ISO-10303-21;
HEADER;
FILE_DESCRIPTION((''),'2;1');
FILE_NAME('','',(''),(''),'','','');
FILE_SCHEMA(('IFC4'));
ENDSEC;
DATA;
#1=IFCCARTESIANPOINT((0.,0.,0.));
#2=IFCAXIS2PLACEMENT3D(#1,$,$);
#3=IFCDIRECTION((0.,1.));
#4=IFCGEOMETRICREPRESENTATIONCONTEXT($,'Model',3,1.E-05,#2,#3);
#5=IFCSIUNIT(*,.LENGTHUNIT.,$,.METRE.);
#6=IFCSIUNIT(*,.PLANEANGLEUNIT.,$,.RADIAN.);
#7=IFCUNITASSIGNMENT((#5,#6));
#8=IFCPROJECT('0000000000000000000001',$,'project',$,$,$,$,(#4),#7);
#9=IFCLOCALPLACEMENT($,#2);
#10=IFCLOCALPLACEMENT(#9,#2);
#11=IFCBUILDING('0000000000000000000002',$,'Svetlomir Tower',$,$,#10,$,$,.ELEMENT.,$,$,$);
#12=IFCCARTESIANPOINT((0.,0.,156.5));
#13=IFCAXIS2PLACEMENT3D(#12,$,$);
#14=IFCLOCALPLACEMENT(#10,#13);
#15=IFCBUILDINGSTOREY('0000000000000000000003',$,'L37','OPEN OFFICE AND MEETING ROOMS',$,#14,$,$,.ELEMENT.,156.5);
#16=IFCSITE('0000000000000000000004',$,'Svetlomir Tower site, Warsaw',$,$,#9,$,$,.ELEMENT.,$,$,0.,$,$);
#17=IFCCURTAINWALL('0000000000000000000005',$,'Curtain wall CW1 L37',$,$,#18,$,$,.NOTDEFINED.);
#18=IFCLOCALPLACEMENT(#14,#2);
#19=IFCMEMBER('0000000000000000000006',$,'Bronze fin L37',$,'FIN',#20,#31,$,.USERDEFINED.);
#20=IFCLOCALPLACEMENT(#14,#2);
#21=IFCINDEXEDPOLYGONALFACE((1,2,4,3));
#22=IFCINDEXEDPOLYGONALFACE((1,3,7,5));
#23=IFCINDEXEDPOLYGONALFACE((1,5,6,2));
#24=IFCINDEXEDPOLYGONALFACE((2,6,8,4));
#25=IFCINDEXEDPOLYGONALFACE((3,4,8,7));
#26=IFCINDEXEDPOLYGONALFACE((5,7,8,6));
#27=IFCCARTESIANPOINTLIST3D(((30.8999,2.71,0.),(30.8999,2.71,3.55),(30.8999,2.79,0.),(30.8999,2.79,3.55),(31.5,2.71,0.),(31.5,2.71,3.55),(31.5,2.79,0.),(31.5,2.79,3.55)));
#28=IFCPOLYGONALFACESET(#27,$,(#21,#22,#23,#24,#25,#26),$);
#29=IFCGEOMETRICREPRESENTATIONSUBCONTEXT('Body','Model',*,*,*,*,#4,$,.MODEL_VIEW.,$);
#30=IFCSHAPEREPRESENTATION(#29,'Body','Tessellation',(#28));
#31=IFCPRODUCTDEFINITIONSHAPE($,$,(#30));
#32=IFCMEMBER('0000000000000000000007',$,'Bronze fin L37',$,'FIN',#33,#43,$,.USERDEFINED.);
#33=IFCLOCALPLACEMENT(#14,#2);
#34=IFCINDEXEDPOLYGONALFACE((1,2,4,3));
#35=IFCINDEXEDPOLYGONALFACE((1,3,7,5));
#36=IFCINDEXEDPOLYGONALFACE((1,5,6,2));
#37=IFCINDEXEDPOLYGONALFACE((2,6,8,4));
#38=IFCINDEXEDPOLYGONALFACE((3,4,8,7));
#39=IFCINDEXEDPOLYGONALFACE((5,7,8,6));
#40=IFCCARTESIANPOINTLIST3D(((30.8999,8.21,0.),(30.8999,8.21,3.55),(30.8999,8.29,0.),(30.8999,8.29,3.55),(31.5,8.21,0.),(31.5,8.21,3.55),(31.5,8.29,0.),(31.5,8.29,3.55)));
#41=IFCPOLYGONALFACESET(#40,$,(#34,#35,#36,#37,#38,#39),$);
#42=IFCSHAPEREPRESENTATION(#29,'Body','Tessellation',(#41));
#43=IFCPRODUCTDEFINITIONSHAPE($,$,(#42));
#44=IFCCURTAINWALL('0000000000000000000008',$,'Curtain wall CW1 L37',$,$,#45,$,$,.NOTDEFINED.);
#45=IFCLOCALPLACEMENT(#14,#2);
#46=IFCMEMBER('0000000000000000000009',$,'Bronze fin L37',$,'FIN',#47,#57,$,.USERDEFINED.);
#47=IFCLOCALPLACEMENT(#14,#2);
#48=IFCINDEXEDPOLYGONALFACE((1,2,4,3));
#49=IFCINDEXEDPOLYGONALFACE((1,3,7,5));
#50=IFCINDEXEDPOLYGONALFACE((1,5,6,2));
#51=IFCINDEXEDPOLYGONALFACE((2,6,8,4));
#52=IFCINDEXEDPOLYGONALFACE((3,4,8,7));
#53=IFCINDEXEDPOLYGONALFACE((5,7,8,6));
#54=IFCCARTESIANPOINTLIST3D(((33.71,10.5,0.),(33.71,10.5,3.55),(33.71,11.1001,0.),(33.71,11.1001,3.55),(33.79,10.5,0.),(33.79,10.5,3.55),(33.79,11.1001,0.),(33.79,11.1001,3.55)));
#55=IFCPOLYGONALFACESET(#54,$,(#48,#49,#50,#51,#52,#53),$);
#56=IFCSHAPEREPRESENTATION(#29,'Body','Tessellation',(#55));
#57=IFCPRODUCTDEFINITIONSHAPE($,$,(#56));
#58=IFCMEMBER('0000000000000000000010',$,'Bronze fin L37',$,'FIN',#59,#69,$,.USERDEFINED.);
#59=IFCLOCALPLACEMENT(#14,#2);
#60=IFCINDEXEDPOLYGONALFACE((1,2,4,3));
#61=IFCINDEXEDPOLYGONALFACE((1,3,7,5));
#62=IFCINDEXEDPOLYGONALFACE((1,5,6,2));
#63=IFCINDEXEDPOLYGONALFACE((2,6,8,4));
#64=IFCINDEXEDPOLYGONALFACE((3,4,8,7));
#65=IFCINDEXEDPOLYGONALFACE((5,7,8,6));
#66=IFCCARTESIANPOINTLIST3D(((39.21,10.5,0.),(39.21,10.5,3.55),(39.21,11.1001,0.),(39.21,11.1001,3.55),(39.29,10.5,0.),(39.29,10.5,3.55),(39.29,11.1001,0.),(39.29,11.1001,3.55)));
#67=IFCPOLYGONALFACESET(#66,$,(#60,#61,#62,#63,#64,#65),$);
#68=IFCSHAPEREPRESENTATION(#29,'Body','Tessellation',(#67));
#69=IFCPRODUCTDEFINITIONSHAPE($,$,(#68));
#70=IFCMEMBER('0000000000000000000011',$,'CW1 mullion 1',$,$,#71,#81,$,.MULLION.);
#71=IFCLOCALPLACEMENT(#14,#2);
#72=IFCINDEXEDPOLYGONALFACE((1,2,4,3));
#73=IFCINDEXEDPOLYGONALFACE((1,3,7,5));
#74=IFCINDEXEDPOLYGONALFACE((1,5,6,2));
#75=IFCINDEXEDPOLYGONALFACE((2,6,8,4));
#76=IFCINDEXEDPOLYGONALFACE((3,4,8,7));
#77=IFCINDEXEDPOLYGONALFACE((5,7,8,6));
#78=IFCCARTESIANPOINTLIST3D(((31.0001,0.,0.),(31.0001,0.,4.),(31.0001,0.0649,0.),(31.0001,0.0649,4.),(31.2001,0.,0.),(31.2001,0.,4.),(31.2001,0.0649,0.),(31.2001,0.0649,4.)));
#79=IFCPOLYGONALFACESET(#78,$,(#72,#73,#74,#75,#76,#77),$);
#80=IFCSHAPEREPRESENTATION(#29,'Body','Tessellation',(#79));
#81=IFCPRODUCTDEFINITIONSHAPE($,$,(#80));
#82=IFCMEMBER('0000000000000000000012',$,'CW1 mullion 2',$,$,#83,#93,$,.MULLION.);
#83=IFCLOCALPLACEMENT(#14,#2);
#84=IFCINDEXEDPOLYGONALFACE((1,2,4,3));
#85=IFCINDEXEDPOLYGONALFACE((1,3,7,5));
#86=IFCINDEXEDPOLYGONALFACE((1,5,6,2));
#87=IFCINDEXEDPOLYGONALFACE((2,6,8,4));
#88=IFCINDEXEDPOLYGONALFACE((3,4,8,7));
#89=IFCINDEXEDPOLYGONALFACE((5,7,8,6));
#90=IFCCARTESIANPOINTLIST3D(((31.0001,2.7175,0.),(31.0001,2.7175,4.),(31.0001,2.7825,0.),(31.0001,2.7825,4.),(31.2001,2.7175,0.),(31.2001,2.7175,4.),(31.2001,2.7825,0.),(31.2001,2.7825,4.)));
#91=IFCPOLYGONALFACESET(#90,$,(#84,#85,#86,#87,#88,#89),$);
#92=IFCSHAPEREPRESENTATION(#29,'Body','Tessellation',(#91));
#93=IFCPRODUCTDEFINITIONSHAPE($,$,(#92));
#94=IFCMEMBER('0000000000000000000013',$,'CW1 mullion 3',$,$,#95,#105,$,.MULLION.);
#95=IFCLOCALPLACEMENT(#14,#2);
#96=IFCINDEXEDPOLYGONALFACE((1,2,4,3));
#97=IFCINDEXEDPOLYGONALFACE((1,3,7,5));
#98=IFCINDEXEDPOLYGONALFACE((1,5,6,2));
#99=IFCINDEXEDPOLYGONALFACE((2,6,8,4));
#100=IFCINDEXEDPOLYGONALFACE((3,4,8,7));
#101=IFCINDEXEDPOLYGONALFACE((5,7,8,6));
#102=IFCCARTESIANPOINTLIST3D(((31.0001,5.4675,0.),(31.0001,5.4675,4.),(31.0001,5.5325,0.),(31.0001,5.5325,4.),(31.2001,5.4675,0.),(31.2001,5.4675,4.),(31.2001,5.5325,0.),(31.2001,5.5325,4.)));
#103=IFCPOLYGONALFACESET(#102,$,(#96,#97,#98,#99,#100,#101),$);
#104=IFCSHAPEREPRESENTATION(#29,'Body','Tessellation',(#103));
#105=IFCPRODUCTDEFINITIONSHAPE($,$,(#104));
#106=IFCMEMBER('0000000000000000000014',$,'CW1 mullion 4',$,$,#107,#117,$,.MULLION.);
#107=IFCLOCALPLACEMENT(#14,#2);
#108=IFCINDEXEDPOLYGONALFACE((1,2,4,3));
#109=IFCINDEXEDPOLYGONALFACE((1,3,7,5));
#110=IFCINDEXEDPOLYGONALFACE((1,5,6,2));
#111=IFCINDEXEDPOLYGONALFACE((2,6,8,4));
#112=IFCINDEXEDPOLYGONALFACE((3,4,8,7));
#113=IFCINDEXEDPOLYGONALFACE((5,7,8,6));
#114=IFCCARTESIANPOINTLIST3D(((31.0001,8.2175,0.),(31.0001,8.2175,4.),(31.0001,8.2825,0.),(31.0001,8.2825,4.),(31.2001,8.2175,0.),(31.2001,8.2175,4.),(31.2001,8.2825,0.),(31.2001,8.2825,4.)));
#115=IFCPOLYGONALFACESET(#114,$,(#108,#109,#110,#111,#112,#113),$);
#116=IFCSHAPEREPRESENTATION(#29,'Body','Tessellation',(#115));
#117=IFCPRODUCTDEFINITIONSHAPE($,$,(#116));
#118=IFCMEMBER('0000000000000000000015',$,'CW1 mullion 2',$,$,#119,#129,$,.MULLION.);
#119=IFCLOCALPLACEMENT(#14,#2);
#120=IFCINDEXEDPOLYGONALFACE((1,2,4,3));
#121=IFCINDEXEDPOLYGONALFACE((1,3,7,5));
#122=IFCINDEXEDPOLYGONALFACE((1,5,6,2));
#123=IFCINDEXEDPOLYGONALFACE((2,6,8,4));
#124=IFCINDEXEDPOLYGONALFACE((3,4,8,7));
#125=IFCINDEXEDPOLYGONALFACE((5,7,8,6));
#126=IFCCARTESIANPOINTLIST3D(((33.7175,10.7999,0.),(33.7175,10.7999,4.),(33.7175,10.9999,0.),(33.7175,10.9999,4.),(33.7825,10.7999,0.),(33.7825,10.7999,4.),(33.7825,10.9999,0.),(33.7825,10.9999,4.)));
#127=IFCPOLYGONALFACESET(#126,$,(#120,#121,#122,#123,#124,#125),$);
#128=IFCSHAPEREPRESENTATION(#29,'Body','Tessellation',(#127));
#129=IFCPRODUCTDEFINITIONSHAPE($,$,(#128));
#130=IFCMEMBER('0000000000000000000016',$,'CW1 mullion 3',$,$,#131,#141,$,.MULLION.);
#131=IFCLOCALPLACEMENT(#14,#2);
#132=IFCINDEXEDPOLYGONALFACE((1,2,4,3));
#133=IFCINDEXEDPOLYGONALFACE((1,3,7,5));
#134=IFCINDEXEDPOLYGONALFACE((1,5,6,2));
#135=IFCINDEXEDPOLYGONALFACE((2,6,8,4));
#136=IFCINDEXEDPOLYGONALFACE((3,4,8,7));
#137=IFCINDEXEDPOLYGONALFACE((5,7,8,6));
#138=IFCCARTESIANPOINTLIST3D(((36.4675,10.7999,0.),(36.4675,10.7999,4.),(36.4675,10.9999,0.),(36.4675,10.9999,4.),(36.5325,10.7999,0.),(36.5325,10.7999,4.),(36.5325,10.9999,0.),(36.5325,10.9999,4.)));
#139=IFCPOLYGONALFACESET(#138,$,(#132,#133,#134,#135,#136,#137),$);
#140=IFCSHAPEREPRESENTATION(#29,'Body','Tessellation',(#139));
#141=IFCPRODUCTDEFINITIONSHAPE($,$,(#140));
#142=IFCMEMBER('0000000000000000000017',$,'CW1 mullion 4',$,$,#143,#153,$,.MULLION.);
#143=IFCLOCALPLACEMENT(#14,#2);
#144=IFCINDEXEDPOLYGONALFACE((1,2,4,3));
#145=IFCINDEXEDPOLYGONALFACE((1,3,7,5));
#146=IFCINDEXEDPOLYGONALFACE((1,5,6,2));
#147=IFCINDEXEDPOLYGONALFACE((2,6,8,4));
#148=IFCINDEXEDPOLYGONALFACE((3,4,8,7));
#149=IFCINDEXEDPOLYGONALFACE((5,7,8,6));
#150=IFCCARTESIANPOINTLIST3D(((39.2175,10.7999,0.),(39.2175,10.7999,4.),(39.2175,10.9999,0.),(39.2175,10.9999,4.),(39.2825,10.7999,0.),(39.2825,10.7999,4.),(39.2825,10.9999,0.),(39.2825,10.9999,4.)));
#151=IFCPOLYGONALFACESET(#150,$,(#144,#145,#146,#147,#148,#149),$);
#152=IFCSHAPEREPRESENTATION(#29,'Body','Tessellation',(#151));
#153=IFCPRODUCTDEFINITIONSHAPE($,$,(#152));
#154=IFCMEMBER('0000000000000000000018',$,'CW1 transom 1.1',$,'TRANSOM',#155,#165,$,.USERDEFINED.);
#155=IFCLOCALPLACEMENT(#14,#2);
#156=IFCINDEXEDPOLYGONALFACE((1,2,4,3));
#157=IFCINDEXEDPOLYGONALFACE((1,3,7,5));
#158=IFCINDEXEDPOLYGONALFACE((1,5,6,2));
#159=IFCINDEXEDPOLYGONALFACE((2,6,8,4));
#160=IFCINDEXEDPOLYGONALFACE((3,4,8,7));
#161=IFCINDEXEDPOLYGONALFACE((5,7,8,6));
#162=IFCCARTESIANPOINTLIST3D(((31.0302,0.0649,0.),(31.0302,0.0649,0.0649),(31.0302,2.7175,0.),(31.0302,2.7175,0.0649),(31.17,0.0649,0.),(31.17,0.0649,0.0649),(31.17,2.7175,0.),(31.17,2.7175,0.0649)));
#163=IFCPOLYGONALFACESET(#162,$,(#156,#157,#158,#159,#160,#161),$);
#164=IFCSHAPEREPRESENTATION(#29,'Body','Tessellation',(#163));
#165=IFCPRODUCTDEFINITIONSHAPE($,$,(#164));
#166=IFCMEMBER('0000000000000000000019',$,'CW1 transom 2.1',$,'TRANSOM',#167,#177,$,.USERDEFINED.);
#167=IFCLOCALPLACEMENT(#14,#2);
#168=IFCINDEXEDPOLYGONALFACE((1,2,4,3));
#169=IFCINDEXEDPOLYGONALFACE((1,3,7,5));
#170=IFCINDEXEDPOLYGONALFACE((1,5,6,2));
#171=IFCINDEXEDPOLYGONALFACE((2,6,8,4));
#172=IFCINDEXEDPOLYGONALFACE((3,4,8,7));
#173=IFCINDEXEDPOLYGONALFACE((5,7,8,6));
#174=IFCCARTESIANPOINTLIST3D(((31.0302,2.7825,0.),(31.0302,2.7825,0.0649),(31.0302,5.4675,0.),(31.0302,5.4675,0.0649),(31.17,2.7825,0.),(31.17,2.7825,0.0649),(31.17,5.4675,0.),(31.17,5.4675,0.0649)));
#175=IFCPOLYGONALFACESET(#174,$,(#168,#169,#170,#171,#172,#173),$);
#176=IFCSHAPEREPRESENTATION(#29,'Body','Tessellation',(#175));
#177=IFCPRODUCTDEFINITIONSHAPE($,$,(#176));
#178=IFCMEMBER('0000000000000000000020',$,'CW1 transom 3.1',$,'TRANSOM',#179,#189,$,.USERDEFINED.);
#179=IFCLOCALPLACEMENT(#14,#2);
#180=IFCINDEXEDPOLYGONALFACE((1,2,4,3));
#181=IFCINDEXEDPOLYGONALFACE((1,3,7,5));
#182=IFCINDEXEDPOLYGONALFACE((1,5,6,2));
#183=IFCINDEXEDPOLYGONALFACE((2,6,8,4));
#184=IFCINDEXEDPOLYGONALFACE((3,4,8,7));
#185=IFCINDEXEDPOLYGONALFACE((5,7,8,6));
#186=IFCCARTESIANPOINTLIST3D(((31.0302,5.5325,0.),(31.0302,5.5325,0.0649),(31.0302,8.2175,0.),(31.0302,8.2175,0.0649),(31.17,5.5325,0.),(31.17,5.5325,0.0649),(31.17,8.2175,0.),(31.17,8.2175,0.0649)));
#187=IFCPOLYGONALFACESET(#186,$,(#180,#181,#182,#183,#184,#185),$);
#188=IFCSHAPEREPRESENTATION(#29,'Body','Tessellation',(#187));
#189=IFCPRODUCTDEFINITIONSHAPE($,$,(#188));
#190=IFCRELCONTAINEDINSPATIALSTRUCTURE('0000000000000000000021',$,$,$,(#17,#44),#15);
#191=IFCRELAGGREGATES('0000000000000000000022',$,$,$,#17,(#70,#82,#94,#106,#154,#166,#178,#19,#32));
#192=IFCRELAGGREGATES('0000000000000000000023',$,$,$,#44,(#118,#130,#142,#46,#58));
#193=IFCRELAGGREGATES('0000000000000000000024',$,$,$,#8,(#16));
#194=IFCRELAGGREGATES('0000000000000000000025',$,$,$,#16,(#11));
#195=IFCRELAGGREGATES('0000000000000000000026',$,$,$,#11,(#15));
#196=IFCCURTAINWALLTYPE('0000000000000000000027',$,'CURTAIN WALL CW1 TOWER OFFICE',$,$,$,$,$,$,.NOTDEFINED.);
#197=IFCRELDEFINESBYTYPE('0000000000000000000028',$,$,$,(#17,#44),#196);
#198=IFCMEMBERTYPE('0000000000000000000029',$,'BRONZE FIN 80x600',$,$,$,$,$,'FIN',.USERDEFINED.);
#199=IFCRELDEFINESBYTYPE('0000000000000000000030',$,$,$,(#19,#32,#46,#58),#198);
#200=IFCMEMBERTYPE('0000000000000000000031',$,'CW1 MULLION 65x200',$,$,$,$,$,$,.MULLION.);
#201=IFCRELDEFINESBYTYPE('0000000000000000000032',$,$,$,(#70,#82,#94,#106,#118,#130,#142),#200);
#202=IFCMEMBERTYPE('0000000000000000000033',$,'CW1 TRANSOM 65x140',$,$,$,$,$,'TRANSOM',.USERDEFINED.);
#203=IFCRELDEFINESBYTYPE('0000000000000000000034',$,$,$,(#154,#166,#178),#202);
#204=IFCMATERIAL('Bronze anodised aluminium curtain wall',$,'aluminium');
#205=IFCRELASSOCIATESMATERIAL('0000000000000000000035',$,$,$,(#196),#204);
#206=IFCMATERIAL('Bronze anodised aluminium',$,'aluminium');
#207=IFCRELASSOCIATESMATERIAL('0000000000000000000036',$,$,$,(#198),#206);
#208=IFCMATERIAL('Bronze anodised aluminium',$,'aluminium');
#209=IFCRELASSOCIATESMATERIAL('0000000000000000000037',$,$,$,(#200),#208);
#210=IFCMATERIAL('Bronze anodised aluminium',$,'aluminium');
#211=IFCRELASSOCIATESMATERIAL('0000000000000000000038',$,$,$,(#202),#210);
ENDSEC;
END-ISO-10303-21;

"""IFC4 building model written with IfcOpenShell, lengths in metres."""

from ifc_helpers import new_model, si_unit, direction, frame, origin, origin_2d, place, context, subcontext, project, spatial, rectangle, extrude, material, material_profile, profile_set, type_object, element, aggregate, save


model = new_model("IFC4")

# Units and contexts
model_context = context("Model", 3, precision=1e-05, world=origin(), true_north=direction((0.0, 1.0)))
body_context = subcontext(model_context, "Body", "Model", "MODEL_VIEW")
ifc_project = project(units=[si_unit("LENGTHUNIT", "METRE"), si_unit("PLANEANGLEUNIT", "RADIAN")], contexts=[model_context])

# Site, building, storey
site_placement = place(None, origin())
site = spatial("IfcSite", under=ifc_project, at=site_placement, Name="Svetlomir Tower site, Warsaw", CompositionType="ELEMENT", RefElevation=0.0)
building_placement = place(site_placement, origin())
building = spatial("IfcBuilding", under=site, at=building_placement, Name="Svetlomir Tower", CompositionType="ELEMENT")
storey_placement = place(building_placement, frame((0.0, 0.0, 156.5)))
storey = spatial("IfcBuildingStorey", under=building, at=storey_placement, Name="L37", Description="OPEN OFFICE AND MEETING ROOMS", CompositionType="ELEMENT", Elevation=156.5)

# Curtain walls, members
ifc_material_1 = material(Name="Bronze anodised aluminium curtain wall", Category="aluminium")
curtain_wall_type = type_object("IfcCurtainWallType", Name="CURTAIN WALL CW1 TOWER OFFICE", PredefinedType="NOTDEFINED", material=ifc_material_1)
curtain_wall_1_placement = place(storey_placement, origin())
curtain_wall_1 = element("IfcCurtainWall", 1, at=curtain_wall_1_placement, inside=storey, type_object=curtain_wall_type, Name="Curtain wall CW1 L37", PredefinedType="NOTDEFINED")
ifc_material_2 = material(Name="Bronze anodised aluminium", Category="aluminium")
ifc_material_profile_1 = material_profile(ifc_material_2, rectangle(XDim=0.0801, YDim=0.6001, at=origin_2d()), Name="FIN 80x600")
ifc_profile_set_1 = profile_set([ifc_material_profile_1], Name="Bronze anodised aluminium 6063-T6")
member_type_1 = type_object("IfcMemberType", Name="BRONZE FIN 80x600", ElementType="FIN", PredefinedType="USERDEFINED", material=ifc_profile_set_1)
member_1_placement = place(storey_placement, frame((31.2, 2.75, 0.0), z_axis=(0.0, 0.0, 1.0), x_axis=(0.0, 1.0, 0.0)))
member_1 = element("IfcMember", 2, at=member_1_placement, type_object=member_type_1, Name="Bronze fin L37", ObjectType="FIN", PredefinedType="USERDEFINED", context=body_context, shape_type="SweptSolid", body=[
    extrude(rectangle(XDim=0.0801, YDim=0.6001, at=origin_2d()), origin(), (0.0, 0.0, 1.0), 3.55),
])
member_2_placement = place(storey_placement, frame((31.2, 8.25, 0.0), z_axis=(0.0, 0.0, 1.0), x_axis=(0.0, 1.0, 0.0)))
member_2 = element("IfcMember", 3, at=member_2_placement, type_object=member_type_1, Name="Bronze fin L37", ObjectType="FIN", PredefinedType="USERDEFINED", context=body_context, shape_type="SweptSolid", body=[
    extrude(rectangle(XDim=0.0801, YDim=0.6001, at=origin_2d()), origin(), (0.0, 0.0, 1.0), 3.55),
])
curtain_wall_2_placement = place(storey_placement, origin())
curtain_wall_2 = element("IfcCurtainWall", 4, at=curtain_wall_2_placement, inside=storey, type_object=curtain_wall_type, Name="Curtain wall CW1 L37", PredefinedType="NOTDEFINED")
member_3_placement = place(storey_placement, frame((33.75, 10.8, 0.0), z_axis=(0.0, 0.0, 1.0), x_axis=(1.0, 0.0, 0.0)))
member_3 = element("IfcMember", 5, at=member_3_placement, type_object=member_type_1, Name="Bronze fin L37", ObjectType="FIN", PredefinedType="USERDEFINED", context=body_context, shape_type="SweptSolid", body=[
    extrude(rectangle(XDim=0.0801, YDim=0.6001, at=origin_2d()), origin(), (0.0, 0.0, 1.0), 3.55),
])
member_4_placement = place(storey_placement, frame((39.25, 10.8, 0.0), z_axis=(0.0, 0.0, 1.0), x_axis=(1.0, 0.0, 0.0)))
member_4 = element("IfcMember", 6, at=member_4_placement, type_object=member_type_1, Name="Bronze fin L37", ObjectType="FIN", PredefinedType="USERDEFINED", context=body_context, shape_type="SweptSolid", body=[
    extrude(rectangle(XDim=0.0801, YDim=0.6001, at=origin_2d()), origin(), (0.0, 0.0, 1.0), 3.55),
])

# Members
ifc_material_3 = material(Name="Bronze anodised aluminium", Category="aluminium")
ifc_material_profile_2 = material_profile(ifc_material_3, rectangle(XDim=0.0649, YDim=0.2, at=origin_2d()), Name="AL 65x200")
ifc_profile_set_2 = profile_set([ifc_material_profile_2], Name="Bronze anodised aluminium 6063-T6")
member_type_2 = type_object("IfcMemberType", Name="CW1 MULLION 65x200", PredefinedType="MULLION", material=ifc_profile_set_2)
member_5_placement = place(storey_placement, frame((31.1001, 0.0325, 0.0), z_axis=(0.0, 0.0, 1.0), x_axis=(0.0, 1.0, 0.0)))
member_5 = element("IfcMember", 7, at=member_5_placement, type_object=member_type_2, Name="CW1 mullion 1", PredefinedType="MULLION", context=body_context, shape_type="SweptSolid", body=[
    extrude(rectangle(XDim=0.0649, YDim=0.2, at=origin_2d()), origin(), (0.0, 0.0, 1.0), 4.0),
])
member_6_placement = place(storey_placement, frame((31.1001, 2.75, 0.0), z_axis=(0.0, 0.0, 1.0), x_axis=(0.0, 1.0, 0.0)))
member_6 = element("IfcMember", 8, at=member_6_placement, type_object=member_type_2, Name="CW1 mullion 2", PredefinedType="MULLION", context=body_context, shape_type="SweptSolid", body=[
    extrude(rectangle(XDim=0.0649, YDim=0.2, at=origin_2d()), origin(), (0.0, 0.0, 1.0), 4.0),
])
member_7_placement = place(storey_placement, frame((31.1001, 5.5, 0.0), z_axis=(0.0, 0.0, 1.0), x_axis=(0.0, 1.0, 0.0)))
member_7 = element("IfcMember", 9, at=member_7_placement, type_object=member_type_2, Name="CW1 mullion 3", PredefinedType="MULLION", context=body_context, shape_type="SweptSolid", body=[
    extrude(rectangle(XDim=0.0649, YDim=0.2, at=origin_2d()), origin(), (0.0, 0.0, 1.0), 4.0),
])
member_8_placement = place(storey_placement, frame((31.1001, 8.25, 0.0), z_axis=(0.0, 0.0, 1.0), x_axis=(0.0, 1.0, 0.0)))
member_8 = element("IfcMember", 10, at=member_8_placement, type_object=member_type_2, Name="CW1 mullion 4", PredefinedType="MULLION", context=body_context, shape_type="SweptSolid", body=[
    extrude(rectangle(XDim=0.0649, YDim=0.2, at=origin_2d()), origin(), (0.0, 0.0, 1.0), 4.0),
])
member_9_placement = place(storey_placement, frame((33.75, 10.8999, 0.0), z_axis=(0.0, 0.0, 1.0), x_axis=(1.0, 0.0, 0.0)))
member_9 = element("IfcMember", 11, at=member_9_placement, type_object=member_type_2, Name="CW1 mullion 2", PredefinedType="MULLION", context=body_context, shape_type="SweptSolid", body=[
    extrude(rectangle(XDim=0.0649, YDim=0.2, at=origin_2d()), origin(), (0.0, 0.0, 1.0), 4.0),
])
member_10_placement = place(storey_placement, frame((36.5, 10.8999, 0.0), z_axis=(0.0, 0.0, 1.0), x_axis=(1.0, 0.0, 0.0)))
member_10 = element("IfcMember", 12, at=member_10_placement, type_object=member_type_2, Name="CW1 mullion 3", PredefinedType="MULLION", context=body_context, shape_type="SweptSolid", body=[
    extrude(rectangle(XDim=0.0649, YDim=0.2, at=origin_2d()), origin(), (0.0, 0.0, 1.0), 4.0),
])
member_11_placement = place(storey_placement, frame((39.25, 10.8999, 0.0), z_axis=(0.0, 0.0, 1.0), x_axis=(1.0, 0.0, 0.0)))
member_11 = element("IfcMember", 13, at=member_11_placement, type_object=member_type_2, Name="CW1 mullion 4", PredefinedType="MULLION", context=body_context, shape_type="SweptSolid", body=[
    extrude(rectangle(XDim=0.0649, YDim=0.2, at=origin_2d()), origin(), (0.0, 0.0, 1.0), 4.0),
])
ifc_material_4 = material(Name="Bronze anodised aluminium", Category="aluminium")
ifc_material_profile_3 = material_profile(ifc_material_4, rectangle(XDim=0.1399, YDim=0.0649, at=origin_2d()), Name="AL 140x65")
ifc_profile_set_3 = profile_set([ifc_material_profile_3], Name="Bronze anodised aluminium 6063-T6")
member_type_3 = type_object("IfcMemberType", Name="CW1 TRANSOM 65x140", ElementType="TRANSOM", PredefinedType="USERDEFINED", material=ifc_profile_set_3)
member_12_placement = place(storey_placement, frame((31.1001, 0.0649, 0.0325), z_axis=(0.0, 1.0, 0.0), x_axis=(-1.0, 0.0, 0.0)))
member_12 = element("IfcMember", 14, at=member_12_placement, type_object=member_type_3, Name="CW1 transom 1.1", ObjectType="TRANSOM", PredefinedType="USERDEFINED", context=body_context, shape_type="SweptSolid", body=[
    extrude(rectangle(XDim=0.1399, YDim=0.0649, at=origin_2d()), origin(), (0.0, 0.0, 1.0), 2.6526),
])
member_13_placement = place(storey_placement, frame((31.1001, 2.7825, 0.0325), z_axis=(0.0, 1.0, 0.0), x_axis=(-1.0, 0.0, 0.0)))
member_13 = element("IfcMember", 15, at=member_13_placement, type_object=member_type_3, Name="CW1 transom 2.1", ObjectType="TRANSOM", PredefinedType="USERDEFINED", context=body_context, shape_type="SweptSolid", body=[
    extrude(rectangle(XDim=0.1399, YDim=0.0649, at=origin_2d()), origin(), (0.0, 0.0, 1.0), 2.6851),
])
member_14_placement = place(storey_placement, frame((31.1001, 5.5325, 0.0325), z_axis=(0.0, 1.0, 0.0), x_axis=(-1.0, 0.0, 0.0)))
member_14 = element("IfcMember", 16, at=member_14_placement, type_object=member_type_3, Name="CW1 transom 3.1", ObjectType="TRANSOM", PredefinedType="USERDEFINED", context=body_context, shape_type="SweptSolid", body=[
    extrude(rectangle(XDim=0.1399, YDim=0.0649, at=origin_2d()), origin(), (0.0, 0.0, 1.0), 2.6851),
])

aggregate(curtain_wall_1, [member_5, member_6, member_7, member_8, member_12, member_13, member_14, member_1, member_2])
aggregate(curtain_wall_2, [member_9, member_10, member_11, member_3, member_4])

save(model, "model.ifc")
